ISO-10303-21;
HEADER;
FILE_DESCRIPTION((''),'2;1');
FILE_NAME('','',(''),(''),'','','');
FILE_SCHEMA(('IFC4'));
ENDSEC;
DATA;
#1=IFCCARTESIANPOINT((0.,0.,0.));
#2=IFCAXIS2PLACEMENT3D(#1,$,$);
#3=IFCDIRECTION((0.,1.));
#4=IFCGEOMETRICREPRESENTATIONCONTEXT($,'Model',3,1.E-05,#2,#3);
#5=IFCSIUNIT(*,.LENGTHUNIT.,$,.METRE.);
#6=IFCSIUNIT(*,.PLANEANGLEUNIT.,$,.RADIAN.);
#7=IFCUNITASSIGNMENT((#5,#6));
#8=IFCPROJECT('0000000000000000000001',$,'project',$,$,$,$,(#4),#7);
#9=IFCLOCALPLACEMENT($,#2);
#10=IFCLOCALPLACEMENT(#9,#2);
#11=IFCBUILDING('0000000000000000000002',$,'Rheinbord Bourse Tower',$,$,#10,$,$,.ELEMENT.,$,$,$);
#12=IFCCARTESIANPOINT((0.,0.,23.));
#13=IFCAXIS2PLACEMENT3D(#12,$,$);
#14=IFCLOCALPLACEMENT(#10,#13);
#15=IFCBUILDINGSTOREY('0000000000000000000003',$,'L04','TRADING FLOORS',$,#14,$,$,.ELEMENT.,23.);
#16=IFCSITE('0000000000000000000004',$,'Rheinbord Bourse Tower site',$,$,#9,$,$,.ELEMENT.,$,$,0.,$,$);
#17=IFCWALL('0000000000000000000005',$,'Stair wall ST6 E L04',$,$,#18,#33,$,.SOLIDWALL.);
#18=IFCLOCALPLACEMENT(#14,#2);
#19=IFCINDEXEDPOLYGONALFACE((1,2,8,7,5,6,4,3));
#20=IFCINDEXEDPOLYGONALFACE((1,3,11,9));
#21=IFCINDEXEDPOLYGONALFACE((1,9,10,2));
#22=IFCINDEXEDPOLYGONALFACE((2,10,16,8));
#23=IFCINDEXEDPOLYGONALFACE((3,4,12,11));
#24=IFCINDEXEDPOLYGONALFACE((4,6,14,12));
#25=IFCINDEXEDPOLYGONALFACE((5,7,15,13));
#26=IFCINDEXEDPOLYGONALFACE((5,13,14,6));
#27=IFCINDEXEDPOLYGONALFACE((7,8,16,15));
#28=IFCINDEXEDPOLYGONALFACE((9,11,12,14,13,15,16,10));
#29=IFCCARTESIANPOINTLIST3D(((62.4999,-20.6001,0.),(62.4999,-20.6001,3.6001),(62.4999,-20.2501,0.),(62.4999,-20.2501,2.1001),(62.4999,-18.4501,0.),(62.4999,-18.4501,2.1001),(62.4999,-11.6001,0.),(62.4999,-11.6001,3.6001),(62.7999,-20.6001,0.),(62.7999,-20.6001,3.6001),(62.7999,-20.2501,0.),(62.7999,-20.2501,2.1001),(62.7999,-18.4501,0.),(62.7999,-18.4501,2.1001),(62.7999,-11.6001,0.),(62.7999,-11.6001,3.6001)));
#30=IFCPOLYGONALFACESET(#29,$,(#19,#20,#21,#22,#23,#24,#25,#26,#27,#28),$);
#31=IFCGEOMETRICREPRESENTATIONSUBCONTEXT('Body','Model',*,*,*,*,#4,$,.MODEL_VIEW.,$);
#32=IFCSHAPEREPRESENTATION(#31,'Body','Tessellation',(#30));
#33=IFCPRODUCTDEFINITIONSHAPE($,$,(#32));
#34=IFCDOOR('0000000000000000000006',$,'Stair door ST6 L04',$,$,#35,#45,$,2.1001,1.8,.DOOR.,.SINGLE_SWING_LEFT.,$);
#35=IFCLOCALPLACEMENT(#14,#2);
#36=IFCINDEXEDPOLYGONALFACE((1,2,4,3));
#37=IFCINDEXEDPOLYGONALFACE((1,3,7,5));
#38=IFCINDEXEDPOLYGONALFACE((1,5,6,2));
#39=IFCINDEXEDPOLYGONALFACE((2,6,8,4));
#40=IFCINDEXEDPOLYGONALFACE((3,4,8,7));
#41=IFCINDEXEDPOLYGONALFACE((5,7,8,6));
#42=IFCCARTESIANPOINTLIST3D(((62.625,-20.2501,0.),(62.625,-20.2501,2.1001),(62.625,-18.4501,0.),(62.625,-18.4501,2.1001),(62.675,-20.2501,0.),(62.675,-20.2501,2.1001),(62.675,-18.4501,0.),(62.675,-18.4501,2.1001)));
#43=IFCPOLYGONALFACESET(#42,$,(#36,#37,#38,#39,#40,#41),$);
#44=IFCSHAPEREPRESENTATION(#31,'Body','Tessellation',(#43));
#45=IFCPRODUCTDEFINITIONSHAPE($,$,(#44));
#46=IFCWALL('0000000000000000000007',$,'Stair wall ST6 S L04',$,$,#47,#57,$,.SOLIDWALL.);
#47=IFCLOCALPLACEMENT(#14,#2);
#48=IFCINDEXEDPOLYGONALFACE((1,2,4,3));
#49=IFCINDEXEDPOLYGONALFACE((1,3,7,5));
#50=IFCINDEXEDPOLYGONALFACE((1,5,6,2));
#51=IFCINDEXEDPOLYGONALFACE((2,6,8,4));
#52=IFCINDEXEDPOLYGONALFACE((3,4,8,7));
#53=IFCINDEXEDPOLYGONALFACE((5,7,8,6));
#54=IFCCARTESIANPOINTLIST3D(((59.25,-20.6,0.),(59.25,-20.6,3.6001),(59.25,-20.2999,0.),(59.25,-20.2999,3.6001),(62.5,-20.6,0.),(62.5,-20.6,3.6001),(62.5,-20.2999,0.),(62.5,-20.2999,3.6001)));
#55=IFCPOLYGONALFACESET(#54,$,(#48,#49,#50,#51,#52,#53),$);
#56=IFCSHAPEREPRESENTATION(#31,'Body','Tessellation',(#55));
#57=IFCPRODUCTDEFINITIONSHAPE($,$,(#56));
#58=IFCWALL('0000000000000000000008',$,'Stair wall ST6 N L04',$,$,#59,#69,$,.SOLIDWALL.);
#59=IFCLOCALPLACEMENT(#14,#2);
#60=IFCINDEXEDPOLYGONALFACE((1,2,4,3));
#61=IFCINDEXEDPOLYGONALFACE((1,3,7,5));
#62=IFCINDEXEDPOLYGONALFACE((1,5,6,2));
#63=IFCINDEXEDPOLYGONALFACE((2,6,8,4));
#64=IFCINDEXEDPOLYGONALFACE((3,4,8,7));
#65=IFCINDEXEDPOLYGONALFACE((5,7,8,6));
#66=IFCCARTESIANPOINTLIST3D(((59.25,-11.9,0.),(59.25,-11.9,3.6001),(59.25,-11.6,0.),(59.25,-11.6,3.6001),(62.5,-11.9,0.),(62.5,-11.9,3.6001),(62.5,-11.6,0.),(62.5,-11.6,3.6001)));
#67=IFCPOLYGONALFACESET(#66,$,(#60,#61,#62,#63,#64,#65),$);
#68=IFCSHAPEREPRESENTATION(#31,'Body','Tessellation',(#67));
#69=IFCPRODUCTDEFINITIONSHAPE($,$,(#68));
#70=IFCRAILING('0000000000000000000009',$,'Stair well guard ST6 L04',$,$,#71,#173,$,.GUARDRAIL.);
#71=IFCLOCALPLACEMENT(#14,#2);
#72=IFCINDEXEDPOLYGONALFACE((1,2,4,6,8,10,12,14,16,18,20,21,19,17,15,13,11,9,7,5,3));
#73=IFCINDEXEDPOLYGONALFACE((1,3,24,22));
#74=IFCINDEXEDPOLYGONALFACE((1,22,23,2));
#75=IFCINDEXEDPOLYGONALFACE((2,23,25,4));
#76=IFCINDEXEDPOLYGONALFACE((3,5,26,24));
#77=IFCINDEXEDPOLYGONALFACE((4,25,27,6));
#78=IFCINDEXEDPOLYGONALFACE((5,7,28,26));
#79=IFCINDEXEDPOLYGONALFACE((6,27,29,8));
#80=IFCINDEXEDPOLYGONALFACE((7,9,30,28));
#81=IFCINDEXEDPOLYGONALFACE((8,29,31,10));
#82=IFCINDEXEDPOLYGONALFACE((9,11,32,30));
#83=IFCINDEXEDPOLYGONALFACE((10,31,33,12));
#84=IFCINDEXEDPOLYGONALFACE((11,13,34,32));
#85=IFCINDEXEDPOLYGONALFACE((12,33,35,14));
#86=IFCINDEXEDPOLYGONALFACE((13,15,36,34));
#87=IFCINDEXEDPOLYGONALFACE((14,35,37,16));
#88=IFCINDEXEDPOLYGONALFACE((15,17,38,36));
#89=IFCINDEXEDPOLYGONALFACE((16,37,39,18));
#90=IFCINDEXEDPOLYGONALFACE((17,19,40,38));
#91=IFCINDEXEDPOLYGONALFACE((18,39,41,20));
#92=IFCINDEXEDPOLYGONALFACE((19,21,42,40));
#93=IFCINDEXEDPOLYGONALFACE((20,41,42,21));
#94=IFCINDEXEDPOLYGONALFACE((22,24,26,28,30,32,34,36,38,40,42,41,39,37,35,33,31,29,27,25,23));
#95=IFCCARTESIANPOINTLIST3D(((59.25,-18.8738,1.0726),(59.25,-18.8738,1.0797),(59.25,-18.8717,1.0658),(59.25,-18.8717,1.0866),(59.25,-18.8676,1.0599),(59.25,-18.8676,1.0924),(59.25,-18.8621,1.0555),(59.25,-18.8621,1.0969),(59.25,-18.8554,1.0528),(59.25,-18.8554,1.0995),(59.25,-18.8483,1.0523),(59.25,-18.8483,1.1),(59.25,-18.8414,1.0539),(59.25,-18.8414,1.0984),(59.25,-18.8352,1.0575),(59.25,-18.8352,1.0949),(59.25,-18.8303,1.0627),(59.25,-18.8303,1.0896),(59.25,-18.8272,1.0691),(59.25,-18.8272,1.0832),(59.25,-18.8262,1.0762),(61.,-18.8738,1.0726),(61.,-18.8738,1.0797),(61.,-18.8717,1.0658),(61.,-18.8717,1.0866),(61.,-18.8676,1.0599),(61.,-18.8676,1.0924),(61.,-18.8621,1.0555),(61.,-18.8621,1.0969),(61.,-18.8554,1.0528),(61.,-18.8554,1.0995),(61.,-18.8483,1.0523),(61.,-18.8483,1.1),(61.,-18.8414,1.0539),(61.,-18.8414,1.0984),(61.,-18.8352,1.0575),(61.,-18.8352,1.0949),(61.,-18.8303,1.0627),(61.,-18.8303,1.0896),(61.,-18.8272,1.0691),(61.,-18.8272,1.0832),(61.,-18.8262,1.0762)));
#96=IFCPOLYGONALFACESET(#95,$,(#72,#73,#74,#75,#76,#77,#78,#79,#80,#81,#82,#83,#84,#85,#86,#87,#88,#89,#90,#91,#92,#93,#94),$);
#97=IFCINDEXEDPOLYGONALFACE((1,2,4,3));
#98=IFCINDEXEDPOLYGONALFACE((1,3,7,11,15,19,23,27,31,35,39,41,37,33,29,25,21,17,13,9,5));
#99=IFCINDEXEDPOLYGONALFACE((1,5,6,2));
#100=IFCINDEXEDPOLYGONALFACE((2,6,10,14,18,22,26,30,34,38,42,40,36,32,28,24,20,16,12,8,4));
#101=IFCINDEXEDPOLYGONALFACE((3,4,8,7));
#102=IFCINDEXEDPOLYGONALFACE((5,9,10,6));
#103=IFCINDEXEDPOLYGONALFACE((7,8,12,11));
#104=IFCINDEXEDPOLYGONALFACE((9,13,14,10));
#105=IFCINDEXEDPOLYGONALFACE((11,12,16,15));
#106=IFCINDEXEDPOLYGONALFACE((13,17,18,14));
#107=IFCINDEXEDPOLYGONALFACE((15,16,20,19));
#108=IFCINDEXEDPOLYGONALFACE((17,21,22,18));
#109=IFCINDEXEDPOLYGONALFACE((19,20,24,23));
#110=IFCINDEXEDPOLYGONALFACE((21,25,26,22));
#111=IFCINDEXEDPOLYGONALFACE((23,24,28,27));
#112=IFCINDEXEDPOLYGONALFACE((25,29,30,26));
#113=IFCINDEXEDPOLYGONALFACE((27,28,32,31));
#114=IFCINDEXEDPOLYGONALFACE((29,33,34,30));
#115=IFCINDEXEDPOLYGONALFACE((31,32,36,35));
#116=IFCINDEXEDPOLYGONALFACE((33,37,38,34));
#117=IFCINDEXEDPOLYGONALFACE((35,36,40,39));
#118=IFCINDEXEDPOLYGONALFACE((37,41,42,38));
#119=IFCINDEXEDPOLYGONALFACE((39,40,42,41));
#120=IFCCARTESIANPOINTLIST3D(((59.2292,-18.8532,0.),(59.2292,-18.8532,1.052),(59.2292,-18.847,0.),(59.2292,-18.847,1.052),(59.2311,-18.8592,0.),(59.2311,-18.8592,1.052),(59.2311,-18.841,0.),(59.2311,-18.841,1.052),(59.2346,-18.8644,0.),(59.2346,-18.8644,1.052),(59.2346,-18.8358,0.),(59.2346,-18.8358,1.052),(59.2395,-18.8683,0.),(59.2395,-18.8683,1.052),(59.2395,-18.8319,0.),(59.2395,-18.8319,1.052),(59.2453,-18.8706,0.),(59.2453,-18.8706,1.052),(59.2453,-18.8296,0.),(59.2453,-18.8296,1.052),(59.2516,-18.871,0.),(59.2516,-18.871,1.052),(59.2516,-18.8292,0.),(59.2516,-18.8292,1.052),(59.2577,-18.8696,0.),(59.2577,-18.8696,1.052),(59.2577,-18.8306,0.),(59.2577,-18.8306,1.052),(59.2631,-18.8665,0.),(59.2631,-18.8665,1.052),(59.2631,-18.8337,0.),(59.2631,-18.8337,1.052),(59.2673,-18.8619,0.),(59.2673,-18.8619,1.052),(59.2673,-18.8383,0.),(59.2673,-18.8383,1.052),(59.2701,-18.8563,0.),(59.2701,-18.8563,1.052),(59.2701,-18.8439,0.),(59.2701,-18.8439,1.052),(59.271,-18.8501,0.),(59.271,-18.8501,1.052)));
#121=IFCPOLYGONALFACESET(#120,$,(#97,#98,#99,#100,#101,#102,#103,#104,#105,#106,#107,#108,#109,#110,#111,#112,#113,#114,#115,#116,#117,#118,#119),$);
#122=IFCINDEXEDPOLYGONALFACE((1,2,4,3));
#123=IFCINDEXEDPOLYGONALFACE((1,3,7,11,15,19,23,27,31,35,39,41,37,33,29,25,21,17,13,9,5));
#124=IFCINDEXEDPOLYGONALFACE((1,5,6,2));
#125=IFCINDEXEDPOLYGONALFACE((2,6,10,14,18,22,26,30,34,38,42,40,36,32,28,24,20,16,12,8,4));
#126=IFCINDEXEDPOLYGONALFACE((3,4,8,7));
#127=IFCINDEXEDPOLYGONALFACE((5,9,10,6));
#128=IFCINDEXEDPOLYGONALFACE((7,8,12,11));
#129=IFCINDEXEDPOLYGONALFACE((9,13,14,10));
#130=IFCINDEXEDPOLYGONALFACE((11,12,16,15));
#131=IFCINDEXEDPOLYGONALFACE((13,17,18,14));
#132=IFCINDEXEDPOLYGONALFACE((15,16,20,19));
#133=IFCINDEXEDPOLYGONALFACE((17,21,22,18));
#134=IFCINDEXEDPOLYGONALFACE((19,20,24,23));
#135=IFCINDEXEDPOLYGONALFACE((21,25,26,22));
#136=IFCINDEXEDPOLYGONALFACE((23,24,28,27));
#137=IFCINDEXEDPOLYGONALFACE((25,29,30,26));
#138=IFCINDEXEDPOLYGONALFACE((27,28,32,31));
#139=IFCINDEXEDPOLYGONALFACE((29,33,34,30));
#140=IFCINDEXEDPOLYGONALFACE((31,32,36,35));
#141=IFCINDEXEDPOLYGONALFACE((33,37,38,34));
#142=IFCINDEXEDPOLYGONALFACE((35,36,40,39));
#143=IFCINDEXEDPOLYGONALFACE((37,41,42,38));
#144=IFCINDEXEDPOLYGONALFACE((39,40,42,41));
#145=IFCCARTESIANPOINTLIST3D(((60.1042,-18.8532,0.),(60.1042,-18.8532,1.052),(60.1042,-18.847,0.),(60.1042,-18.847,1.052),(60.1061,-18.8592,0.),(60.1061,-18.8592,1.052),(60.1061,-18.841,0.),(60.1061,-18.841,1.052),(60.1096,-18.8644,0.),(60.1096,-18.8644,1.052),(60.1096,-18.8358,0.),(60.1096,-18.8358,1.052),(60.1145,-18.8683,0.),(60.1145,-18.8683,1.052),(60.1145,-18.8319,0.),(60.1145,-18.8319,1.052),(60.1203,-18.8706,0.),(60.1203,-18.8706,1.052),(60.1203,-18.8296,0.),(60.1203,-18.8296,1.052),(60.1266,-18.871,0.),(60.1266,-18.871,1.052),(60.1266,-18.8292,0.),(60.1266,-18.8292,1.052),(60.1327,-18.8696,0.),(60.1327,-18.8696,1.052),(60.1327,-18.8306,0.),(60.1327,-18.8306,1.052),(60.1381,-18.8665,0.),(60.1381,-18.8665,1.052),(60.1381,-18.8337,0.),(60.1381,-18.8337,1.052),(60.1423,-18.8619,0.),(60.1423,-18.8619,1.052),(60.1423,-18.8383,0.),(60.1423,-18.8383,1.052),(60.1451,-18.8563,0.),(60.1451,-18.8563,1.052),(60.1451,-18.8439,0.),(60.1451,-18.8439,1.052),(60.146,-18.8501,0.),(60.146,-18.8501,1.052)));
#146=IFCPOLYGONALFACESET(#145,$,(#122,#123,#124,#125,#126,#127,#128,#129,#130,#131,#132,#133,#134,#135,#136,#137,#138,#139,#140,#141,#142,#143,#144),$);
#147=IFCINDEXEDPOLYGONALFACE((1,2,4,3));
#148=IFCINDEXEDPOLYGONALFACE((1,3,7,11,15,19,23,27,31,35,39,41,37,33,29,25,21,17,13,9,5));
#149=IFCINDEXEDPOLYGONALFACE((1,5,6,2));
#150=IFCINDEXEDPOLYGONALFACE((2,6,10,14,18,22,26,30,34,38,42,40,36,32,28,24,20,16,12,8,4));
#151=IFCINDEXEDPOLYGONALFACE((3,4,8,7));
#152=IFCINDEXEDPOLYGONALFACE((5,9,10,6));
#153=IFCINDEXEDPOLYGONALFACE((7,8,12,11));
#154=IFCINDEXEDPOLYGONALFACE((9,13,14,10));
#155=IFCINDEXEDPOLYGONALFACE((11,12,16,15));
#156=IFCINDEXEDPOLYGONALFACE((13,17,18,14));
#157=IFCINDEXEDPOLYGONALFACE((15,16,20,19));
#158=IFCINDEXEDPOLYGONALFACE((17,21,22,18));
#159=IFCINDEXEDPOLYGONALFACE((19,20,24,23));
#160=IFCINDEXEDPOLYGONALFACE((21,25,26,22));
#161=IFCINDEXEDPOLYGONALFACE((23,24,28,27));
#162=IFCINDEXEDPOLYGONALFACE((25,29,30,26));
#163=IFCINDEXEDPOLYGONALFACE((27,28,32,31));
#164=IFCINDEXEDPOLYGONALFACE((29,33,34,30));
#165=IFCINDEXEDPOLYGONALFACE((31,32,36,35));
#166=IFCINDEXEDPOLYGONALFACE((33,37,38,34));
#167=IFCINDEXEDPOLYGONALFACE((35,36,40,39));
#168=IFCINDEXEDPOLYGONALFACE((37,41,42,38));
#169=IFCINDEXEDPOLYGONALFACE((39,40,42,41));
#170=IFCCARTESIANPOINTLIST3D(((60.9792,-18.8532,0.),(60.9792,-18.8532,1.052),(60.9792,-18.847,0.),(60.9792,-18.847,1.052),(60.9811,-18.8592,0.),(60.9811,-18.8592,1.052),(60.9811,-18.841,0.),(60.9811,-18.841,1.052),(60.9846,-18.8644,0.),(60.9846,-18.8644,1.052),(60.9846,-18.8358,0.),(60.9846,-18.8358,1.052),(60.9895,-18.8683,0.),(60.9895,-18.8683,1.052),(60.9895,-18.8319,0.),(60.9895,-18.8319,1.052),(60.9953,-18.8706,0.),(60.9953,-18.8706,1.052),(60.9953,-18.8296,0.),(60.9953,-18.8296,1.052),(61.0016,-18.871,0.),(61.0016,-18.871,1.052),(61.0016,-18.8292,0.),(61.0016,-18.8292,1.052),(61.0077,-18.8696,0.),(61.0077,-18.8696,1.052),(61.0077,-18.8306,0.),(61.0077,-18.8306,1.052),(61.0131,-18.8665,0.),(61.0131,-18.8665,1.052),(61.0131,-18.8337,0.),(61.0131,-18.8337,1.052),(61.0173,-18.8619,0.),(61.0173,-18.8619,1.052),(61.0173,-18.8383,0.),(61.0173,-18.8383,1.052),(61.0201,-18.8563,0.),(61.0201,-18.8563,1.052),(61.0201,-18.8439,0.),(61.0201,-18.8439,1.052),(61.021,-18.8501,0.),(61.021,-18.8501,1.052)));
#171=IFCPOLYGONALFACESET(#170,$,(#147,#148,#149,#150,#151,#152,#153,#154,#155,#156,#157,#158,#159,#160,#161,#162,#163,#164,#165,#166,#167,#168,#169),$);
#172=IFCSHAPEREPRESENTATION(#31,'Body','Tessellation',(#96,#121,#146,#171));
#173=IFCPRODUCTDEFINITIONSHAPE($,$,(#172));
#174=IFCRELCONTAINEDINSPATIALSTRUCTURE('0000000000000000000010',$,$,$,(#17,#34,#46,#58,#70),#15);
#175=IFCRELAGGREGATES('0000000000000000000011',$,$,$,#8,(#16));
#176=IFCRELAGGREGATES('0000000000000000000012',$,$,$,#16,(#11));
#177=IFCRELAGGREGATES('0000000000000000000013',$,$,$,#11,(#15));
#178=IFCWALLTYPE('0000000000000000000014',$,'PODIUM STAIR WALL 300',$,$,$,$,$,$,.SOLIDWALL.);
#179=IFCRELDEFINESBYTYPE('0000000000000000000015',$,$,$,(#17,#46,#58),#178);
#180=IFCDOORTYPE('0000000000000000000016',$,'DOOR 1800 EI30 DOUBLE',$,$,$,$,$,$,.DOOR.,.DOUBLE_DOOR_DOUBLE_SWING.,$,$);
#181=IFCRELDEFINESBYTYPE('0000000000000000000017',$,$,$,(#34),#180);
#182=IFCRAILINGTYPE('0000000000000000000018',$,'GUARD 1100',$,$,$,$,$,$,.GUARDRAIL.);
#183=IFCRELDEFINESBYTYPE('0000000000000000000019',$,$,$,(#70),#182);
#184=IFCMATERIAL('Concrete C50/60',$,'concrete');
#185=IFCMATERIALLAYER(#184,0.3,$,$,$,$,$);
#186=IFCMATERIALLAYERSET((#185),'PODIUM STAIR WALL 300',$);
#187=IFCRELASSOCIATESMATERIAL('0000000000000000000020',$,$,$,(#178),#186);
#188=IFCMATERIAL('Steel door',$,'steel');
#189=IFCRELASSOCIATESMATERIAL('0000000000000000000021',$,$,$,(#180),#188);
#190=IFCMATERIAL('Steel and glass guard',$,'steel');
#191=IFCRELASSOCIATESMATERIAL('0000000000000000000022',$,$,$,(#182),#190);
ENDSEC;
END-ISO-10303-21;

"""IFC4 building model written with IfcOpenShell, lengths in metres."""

from ifc_helpers import new_model, si_unit, direction, frame, frame_2d, origin, origin_2d, place, context, subcontext, project, spatial, rectangle, circle, extrude, material, layer, layer_set, type_object, element, fill, save


model = new_model("IFC4")

# Units and contexts
model_context = context("Model", 3, precision=1e-05, world=origin(), true_north=direction((0.0, 1.0)))
body_context = subcontext(model_context, "Body", "Model", "MODEL_VIEW")
ifc_project = project(units=[si_unit("LENGTHUNIT", "METRE"), si_unit("PLANEANGLEUNIT", "RADIAN")], contexts=[model_context])

# Site, building, storey
site_placement = place(None, origin())
site = spatial("IfcSite", under=ifc_project, at=site_placement, Name="Rheinbord Bourse Tower site", CompositionType="ELEMENT", RefElevation=0.0)
building_placement = place(site_placement, origin())
building = spatial("IfcBuilding", under=site, at=building_placement, Name="Rheinbord Bourse Tower", CompositionType="ELEMENT")
storey_placement = place(building_placement, frame((0.0, 0.0, 23.0)))
storey = spatial("IfcBuildingStorey", under=building, at=storey_placement, Name="L04", Description="TRADING FLOORS", CompositionType="ELEMENT", Elevation=23.0)

# Shared definitions
ifc_material_1 = material(Name="Concrete C50/60", Category="concrete")
ifc_layer_1 = layer(ifc_material_1, 0.3)
ifc_layer_set_1 = layer_set([ifc_layer_1], Name="PODIUM STAIR WALL 300")
wall_type_1 = type_object("IfcWallType", Name="PODIUM STAIR WALL 300", PredefinedType="SOLIDWALL", material=ifc_layer_set_1)

# Wall, opening, door
wall_1_placement = place(storey_placement, frame((62.6499, -20.6001, 0.0), z_axis=(0.0, 0.0, 1.0), x_axis=(0.0, 1.0, 0.0)))
wall_1 = element("IfcWall", 1, at=wall_1_placement, inside=storey, type_object=wall_type_1, Name="Stair wall ST6 E L04", PredefinedType="SOLIDWALL", context=body_context, shape_type="SweptSolid", body=[
    extrude(rectangle(XDim=9.0, YDim=0.3, at=frame_2d((4.5, 0.0))), origin(), (0.0, 0.0, 1.0), 3.6001),
])
opening_placement = place(wall_1_placement, frame((0.3501, 0.0, 0.0)))
opening = element("IfcOpeningElement", 2, at=opening_placement, cuts=wall_1, PredefinedType="OPENING", context=body_context, shape_type="SweptSolid", body=[
    extrude(rectangle(XDim=1.8, YDim=2.1001, at=frame_2d((0.8999, 1.05))), frame((0.0, 0.1599, 0.0), z_axis=(0.0, -1.0, 0.0), x_axis=(1.0, 0.0, 0.0)), (0.0, 0.0, 1.0), 0.3201),
])
ifc_material_2 = material(Name="Steel door", Category="steel")
door_type = type_object("IfcDoorType", Name="DOOR 1800 EI30 DOUBLE", OperationType="DOUBLE_DOOR_DOUBLE_SWING", PredefinedType="DOOR", material=ifc_material_2)
door_placement = place(opening_placement, origin())
door = element("IfcDoor", 3, at=door_placement, inside=storey, type_object=door_type, Name="Stair door ST6 L04", OperationType="SINGLE_SWING_LEFT", OverallHeight=2.1001, OverallWidth=1.8, PredefinedType="DOOR", context=body_context, shape_type="SweptSolid", body=[
    extrude(rectangle(XDim=1.8, YDim=2.1001, at=frame_2d((0.8999, 1.05))), frame((0.0, 0.0249, 0.0), z_axis=(0.0, -1.0, 0.0), x_axis=(1.0, 0.0, 0.0)), (0.0, 0.0, 1.0), 0.05),
])
fill(opening, door)

# Walls
for number, where, z_axis, x_axis, name in (
    (4, (59.25, -20.45, 0.0), (0.0, 0.0, 1.0), (1.0, 0.0, 0.0), "Stair wall ST6 S L04"),
    (5, (59.25, -11.75, 0.0), (0.0, 0.0, 1.0), (1.0, 0.0, 0.0), "Stair wall ST6 N L04"),
):
    element("IfcWall", number, at=place(storey_placement, frame(where, z_axis=z_axis, x_axis=x_axis)), inside=storey, type_object=wall_type_1, Name=name, PredefinedType="SOLIDWALL", context=body_context, shape_type="SweptSolid", body=[
        extrude(rectangle(XDim=3.25, YDim=0.3, at=frame_2d((1.625, 0.0))), origin(), (0.0, 0.0, 1.0), 3.6001),
    ])

# Railing
ifc_material_3 = material(Name="Steel and glass guard", Category="steel")
railing_type = type_object("IfcRailingType", Name="GUARD 1100", PredefinedType="GUARDRAIL", material=ifc_material_3)
railing_placement = place(storey_placement, frame((59.25, -18.8501, 0.0)))
element("IfcRailing", 6, at=railing_placement, inside=storey, type_object=railing_type, Name="Stair well guard ST6 L04", PredefinedType="GUARDRAIL", context=body_context, shape_type="SweptSolid", body=[
    extrude(circle(Radius=0.0239, at=origin_2d()), frame((0.0, 0.0, 1.0762), z_axis=(1.0, 0.0, 0.0), x_axis=(0.0, 1.0, 0.0)), (0.0, 0.0, 1.0), 1.75),
    extrude(circle(Radius=0.021, at=origin_2d()), origin(), (0.0, 0.0, 1.0), 1.052),
    extrude(circle(Radius=0.021, at=origin_2d()), frame((0.875, 0.0, 0.0)), (0.0, 0.0, 1.0), 1.052),
    extrude(circle(Radius=0.021, at=origin_2d()), frame((1.75, 0.0, 0.0)), (0.0, 0.0, 1.0), 1.052),
])

save(model, "model.ifc")
